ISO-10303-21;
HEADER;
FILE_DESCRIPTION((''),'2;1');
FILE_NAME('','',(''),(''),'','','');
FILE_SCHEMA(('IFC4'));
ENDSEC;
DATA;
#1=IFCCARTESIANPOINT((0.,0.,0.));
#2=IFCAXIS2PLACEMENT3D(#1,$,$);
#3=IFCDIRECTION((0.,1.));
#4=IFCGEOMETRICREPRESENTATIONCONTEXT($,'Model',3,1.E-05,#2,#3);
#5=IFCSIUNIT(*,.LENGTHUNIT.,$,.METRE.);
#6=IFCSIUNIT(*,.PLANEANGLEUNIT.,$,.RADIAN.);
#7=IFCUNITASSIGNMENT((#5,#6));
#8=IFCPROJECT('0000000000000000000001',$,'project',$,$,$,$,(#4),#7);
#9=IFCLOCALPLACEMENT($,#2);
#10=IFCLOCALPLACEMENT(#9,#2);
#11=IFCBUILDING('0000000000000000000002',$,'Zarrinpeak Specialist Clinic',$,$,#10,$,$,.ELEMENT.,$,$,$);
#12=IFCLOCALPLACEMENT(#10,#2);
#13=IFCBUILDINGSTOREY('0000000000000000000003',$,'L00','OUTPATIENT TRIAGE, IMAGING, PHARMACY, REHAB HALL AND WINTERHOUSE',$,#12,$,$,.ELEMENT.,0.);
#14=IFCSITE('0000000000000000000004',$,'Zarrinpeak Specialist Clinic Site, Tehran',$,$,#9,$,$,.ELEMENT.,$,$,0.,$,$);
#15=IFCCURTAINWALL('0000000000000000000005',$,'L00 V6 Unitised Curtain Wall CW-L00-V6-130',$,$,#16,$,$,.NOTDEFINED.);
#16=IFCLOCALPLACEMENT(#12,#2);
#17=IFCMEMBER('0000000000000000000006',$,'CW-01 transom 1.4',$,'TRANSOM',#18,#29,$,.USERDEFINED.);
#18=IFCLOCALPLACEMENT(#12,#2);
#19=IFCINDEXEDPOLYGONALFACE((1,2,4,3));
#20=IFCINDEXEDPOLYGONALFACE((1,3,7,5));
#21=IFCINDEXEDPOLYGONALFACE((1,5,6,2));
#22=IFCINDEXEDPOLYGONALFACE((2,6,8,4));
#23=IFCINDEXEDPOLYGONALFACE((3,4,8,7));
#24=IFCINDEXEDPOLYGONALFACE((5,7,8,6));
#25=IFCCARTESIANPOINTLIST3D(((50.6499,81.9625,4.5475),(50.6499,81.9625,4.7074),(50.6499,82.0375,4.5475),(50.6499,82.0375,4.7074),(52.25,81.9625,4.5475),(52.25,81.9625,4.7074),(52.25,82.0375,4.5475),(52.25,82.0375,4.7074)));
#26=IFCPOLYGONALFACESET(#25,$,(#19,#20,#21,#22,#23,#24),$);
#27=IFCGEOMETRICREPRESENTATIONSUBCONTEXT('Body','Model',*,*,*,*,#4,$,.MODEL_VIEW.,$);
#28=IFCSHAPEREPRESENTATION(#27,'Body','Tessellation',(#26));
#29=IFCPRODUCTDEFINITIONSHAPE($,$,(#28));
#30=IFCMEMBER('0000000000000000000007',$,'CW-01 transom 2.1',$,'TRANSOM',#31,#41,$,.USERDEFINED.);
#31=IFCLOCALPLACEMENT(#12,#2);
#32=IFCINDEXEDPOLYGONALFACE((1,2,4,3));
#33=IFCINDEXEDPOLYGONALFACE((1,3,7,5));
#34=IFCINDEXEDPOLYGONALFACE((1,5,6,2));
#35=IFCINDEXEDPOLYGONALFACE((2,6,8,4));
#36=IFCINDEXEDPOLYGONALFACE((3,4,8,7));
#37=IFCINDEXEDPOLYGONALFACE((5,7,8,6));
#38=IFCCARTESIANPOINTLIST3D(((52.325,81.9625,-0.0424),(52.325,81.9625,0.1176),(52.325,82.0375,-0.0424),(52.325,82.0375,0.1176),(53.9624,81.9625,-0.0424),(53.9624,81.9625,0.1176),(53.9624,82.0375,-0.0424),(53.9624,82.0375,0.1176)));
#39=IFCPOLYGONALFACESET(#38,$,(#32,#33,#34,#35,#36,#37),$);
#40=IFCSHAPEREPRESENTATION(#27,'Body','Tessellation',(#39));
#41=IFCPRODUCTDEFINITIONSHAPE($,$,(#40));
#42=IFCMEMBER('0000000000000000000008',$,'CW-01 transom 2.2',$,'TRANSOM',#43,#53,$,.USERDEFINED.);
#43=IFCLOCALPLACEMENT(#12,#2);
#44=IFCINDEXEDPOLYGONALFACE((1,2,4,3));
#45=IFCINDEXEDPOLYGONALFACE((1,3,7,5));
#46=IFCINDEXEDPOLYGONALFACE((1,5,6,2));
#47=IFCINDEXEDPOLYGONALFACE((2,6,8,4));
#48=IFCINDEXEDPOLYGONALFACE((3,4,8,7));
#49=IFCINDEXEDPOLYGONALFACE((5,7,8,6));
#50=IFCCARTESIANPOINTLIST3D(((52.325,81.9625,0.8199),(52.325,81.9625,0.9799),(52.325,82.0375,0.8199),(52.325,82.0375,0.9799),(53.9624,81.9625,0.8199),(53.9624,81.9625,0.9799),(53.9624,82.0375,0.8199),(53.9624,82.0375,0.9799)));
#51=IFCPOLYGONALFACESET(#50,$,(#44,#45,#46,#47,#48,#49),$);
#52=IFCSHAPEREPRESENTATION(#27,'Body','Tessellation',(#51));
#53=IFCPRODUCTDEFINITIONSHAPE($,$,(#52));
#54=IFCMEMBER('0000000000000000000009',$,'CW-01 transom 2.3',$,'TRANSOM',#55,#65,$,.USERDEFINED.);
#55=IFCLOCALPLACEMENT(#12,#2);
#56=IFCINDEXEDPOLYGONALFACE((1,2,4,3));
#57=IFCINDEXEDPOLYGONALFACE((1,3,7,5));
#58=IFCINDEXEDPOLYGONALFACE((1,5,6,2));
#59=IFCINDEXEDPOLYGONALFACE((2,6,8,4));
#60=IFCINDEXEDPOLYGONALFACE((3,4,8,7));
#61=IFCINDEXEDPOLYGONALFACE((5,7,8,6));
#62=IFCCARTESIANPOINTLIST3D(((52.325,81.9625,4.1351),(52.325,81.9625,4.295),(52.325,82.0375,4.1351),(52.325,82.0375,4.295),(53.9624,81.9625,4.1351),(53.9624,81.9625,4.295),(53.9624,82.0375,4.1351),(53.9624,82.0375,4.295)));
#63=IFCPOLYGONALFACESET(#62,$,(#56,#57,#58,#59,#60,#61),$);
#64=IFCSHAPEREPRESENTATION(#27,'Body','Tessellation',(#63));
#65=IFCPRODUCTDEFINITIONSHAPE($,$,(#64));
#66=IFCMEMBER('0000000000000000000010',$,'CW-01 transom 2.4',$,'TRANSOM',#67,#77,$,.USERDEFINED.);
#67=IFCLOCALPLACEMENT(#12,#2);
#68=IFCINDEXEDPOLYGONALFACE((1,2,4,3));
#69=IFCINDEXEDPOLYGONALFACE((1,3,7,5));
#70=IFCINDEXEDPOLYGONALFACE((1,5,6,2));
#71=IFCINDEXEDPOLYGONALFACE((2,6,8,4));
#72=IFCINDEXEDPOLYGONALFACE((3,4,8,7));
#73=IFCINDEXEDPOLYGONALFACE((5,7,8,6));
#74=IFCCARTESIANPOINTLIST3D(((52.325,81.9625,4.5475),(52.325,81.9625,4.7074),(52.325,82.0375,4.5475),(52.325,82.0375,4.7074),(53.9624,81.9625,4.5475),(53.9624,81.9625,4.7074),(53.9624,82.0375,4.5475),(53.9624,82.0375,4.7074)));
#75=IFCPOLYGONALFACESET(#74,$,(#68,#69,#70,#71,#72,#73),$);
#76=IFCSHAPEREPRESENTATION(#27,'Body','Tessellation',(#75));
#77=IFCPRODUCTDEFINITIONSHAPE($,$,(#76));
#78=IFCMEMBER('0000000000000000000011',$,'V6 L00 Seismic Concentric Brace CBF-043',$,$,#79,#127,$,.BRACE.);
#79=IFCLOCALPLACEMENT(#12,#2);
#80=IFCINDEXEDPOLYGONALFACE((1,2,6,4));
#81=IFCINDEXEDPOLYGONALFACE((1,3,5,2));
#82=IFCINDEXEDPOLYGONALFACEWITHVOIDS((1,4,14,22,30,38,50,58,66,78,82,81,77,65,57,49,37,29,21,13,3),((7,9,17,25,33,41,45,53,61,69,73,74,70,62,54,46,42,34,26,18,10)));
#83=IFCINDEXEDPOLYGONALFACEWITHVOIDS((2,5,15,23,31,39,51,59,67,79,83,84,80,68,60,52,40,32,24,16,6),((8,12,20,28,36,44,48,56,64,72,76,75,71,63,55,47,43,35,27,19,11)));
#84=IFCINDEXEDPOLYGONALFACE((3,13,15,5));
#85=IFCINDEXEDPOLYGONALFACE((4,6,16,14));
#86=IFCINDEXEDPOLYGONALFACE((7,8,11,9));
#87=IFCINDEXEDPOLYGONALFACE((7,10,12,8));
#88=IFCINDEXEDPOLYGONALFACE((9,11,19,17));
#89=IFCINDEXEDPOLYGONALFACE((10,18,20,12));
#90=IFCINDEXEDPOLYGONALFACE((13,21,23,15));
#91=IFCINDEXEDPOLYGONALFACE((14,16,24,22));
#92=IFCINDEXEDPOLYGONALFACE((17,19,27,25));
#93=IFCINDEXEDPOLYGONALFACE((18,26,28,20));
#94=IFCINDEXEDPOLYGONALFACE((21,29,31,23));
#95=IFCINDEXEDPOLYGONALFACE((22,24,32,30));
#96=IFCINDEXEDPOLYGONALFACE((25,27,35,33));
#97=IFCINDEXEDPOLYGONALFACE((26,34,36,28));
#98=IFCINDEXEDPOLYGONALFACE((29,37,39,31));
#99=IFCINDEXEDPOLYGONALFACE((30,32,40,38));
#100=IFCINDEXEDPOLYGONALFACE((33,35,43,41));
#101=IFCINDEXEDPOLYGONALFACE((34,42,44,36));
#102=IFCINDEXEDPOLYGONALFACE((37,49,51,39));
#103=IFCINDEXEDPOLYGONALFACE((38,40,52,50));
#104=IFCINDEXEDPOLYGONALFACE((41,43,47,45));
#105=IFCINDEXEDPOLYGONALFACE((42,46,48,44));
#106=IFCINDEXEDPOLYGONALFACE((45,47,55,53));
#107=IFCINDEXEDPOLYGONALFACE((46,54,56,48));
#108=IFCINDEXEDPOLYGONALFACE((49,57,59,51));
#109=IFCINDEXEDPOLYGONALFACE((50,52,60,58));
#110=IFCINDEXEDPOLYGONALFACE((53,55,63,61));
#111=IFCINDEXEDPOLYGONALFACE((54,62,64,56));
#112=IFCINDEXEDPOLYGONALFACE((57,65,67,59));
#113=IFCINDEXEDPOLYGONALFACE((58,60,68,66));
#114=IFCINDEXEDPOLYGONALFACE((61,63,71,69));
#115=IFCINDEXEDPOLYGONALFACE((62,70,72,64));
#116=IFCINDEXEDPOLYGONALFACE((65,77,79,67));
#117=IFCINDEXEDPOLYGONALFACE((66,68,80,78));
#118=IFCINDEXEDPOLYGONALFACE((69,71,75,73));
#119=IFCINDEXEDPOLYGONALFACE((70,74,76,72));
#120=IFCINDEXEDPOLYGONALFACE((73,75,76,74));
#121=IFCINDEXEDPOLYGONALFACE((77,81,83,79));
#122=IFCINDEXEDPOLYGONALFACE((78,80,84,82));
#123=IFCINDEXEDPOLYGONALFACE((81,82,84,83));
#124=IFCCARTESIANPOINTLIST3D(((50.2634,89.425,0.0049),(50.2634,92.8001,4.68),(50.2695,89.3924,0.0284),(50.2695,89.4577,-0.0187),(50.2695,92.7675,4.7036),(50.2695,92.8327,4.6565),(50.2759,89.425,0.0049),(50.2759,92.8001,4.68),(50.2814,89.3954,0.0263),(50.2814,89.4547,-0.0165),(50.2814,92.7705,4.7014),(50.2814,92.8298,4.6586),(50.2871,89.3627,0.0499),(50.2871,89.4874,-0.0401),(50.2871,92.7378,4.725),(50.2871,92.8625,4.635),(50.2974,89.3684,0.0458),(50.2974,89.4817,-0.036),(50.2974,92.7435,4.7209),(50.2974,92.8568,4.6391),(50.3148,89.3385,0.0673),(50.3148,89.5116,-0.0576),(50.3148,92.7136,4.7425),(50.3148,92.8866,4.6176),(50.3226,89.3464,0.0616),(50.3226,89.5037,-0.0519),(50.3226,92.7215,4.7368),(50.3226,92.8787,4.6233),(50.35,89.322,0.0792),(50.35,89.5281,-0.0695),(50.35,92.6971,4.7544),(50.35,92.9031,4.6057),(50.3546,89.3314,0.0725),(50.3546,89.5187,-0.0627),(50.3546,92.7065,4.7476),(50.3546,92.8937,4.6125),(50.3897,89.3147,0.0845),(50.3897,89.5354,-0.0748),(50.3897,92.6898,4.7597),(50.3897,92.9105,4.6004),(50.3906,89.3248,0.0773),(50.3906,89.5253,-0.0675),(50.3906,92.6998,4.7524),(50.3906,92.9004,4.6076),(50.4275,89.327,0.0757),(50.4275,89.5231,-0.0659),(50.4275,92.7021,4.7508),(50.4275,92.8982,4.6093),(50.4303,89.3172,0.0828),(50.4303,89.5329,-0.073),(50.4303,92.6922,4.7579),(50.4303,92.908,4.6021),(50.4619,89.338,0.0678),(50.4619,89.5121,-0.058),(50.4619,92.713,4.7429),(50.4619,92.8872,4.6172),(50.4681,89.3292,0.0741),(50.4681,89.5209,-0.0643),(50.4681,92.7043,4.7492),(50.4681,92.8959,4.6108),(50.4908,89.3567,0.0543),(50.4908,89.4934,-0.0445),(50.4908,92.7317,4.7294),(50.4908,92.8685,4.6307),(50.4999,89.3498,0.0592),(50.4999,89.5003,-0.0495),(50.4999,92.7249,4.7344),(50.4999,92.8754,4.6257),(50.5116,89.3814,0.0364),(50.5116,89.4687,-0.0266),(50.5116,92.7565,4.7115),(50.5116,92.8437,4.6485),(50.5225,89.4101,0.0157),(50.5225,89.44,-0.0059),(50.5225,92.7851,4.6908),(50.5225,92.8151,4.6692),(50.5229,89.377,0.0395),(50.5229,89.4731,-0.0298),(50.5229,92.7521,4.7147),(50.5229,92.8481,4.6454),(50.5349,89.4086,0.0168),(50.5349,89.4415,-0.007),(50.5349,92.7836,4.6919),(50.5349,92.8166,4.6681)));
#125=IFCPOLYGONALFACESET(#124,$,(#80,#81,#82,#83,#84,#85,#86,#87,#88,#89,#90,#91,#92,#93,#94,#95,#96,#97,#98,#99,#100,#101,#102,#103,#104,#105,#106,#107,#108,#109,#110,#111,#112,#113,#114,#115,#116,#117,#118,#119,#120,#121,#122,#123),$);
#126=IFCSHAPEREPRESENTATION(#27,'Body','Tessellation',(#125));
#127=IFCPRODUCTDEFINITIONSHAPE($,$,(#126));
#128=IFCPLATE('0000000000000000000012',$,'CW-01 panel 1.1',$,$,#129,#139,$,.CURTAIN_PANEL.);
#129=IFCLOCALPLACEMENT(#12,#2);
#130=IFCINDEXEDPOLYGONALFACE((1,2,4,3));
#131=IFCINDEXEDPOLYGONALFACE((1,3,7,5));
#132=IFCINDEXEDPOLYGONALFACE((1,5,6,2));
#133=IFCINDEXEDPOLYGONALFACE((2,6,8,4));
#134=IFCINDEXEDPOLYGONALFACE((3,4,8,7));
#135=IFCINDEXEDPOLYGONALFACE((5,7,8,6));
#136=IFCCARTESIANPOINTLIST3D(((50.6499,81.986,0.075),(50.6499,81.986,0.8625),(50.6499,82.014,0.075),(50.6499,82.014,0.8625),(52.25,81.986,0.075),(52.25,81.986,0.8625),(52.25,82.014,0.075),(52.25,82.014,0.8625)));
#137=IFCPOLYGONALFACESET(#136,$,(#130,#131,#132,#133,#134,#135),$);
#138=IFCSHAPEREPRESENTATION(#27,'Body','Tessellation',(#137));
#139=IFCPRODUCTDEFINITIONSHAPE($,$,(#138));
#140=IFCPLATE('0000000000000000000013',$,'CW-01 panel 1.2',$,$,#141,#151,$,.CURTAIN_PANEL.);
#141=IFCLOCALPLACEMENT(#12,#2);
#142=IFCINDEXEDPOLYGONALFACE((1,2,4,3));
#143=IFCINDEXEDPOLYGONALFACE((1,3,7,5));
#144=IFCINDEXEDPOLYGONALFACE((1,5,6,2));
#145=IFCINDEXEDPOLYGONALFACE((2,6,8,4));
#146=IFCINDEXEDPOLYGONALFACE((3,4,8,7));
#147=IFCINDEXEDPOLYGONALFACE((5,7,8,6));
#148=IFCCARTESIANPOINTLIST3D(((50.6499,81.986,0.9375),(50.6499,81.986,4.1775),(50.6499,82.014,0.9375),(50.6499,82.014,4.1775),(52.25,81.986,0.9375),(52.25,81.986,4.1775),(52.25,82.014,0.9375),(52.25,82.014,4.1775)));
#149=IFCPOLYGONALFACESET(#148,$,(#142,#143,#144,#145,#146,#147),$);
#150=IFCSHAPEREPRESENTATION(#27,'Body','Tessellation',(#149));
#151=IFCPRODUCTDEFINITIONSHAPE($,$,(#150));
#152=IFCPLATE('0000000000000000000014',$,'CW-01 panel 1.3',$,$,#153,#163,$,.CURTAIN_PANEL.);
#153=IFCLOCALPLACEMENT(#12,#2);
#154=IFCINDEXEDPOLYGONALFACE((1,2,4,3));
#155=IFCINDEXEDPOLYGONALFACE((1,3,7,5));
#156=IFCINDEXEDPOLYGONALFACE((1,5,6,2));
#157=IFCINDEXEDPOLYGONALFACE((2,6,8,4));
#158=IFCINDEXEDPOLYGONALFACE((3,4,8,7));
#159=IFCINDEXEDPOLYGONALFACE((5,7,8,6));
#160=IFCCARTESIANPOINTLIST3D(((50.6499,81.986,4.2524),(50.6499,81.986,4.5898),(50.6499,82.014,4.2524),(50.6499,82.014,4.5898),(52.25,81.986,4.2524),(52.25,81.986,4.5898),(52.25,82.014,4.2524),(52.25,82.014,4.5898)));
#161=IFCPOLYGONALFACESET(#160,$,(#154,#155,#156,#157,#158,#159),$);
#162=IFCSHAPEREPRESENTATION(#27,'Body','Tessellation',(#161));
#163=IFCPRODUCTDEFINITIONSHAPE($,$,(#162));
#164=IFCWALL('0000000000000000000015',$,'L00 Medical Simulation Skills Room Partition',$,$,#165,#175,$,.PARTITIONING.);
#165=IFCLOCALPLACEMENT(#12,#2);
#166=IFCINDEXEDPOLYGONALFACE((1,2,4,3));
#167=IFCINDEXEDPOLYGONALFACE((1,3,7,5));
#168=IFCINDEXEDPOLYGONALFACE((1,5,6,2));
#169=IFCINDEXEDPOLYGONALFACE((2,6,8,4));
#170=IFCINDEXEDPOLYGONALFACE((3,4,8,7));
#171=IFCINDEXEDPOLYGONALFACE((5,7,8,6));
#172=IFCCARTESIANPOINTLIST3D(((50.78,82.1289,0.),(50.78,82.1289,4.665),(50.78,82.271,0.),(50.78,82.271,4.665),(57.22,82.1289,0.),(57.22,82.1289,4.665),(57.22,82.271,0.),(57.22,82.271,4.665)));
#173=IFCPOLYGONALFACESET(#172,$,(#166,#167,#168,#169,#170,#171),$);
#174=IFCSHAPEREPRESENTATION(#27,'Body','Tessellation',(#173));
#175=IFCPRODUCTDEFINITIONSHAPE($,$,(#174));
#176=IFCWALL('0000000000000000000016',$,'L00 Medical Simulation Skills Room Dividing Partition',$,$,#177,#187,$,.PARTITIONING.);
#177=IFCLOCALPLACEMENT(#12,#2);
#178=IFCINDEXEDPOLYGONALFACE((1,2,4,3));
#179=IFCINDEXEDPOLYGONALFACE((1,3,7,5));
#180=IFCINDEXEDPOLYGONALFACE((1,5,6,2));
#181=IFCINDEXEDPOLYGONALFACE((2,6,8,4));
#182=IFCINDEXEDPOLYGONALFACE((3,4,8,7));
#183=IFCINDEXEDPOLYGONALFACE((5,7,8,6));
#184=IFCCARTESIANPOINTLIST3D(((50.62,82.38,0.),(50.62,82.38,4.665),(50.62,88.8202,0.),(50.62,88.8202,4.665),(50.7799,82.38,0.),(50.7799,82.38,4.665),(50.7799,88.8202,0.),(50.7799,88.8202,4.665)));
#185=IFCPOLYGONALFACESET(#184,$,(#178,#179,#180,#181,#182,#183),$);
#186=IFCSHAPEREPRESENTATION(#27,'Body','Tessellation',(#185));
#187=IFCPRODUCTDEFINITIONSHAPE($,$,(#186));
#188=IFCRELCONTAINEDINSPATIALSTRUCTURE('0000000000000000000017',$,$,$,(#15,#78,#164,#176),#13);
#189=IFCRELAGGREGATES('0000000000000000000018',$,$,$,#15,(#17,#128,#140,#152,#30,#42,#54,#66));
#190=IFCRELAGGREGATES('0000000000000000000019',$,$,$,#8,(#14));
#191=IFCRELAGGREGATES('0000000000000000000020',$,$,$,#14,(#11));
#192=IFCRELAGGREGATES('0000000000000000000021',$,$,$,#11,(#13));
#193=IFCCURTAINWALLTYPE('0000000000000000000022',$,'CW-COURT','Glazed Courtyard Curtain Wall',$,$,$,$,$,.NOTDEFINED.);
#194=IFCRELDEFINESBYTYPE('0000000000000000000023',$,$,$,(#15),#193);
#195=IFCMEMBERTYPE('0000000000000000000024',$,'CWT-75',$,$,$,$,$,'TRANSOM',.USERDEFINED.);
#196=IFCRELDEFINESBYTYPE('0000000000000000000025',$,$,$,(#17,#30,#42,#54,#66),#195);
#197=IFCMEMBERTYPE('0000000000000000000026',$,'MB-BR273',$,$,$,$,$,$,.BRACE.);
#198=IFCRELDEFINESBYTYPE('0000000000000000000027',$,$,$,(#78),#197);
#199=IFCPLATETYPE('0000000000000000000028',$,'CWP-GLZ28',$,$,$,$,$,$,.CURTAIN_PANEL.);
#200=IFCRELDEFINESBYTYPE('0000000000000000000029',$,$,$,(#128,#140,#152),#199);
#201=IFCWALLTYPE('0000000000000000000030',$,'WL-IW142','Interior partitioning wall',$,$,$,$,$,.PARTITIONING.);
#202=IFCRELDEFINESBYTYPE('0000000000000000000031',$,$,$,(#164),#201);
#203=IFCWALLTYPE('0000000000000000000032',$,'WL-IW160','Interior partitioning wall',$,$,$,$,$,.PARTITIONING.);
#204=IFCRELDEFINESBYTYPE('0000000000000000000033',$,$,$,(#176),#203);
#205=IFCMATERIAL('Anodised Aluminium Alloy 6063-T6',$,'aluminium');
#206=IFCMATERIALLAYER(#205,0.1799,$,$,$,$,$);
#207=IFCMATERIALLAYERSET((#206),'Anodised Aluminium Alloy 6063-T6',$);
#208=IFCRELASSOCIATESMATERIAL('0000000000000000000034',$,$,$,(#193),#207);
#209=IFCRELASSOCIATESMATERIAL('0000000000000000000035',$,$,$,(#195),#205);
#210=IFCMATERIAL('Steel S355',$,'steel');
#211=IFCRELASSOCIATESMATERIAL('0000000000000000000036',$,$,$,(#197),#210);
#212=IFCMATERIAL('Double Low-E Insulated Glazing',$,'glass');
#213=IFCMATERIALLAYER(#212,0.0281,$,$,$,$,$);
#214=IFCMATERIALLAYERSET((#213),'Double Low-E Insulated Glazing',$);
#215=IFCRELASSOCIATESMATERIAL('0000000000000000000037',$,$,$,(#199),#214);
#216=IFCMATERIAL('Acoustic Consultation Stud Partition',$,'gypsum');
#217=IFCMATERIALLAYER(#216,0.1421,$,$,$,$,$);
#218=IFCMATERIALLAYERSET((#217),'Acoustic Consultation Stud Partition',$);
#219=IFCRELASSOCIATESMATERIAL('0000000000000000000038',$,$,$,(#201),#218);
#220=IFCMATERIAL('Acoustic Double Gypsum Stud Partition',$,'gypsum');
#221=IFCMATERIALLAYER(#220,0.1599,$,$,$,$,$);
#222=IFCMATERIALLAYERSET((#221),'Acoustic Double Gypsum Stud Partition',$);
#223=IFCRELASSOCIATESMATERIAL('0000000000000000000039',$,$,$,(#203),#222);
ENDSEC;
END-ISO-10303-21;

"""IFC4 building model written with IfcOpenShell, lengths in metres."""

from ifc_helpers import new_model, si_unit, direction, frame, frame_2d, origin, origin_2d, place, context, subcontext, project, spatial, rectangle, hollow_circle, extrude, material, layer, layer_set, material_profile, profile_set, type_object, element, aggregate, save


model = new_model("IFC4")

# Units and contexts
model_context = context("Model", 3, precision=1e-05, world=origin(), true_north=direction((0.0, 1.0)))
body_context = subcontext(model_context, "Body", "Model", "MODEL_VIEW")
ifc_project = project(units=[si_unit("LENGTHUNIT", "METRE"), si_unit("PLANEANGLEUNIT", "RADIAN")], contexts=[model_context])

# Site, building, storey
site_placement = place(None, origin())
site = spatial("IfcSite", under=ifc_project, at=site_placement, Name="Zarrinpeak Specialist Clinic Site, Tehran", CompositionType="ELEMENT", RefElevation=0.0)
building_placement = place(site_placement, origin())
building = spatial("IfcBuilding", under=site, at=building_placement, Name="Zarrinpeak Specialist Clinic", CompositionType="ELEMENT")
storey_placement = place(building_placement, origin())
storey = spatial("IfcBuildingStorey", under=building, at=storey_placement, Name="L00", Description="OUTPATIENT TRIAGE, IMAGING, PHARMACY, REHAB HALL AND WINTERHOUSE", CompositionType="ELEMENT", Elevation=0.0)

# Shared definitions
ifc_material_1 = material(Name="Steel S355", Category="steel")

# Shared definitions
ifc_material_2 = material(Name="Anodised Aluminium Alloy 6063-T6", Category="aluminium")
ifc_layer_1 = layer(ifc_material_2, 0.1799)
ifc_layer_set_1 = layer_set([ifc_layer_1], Name="Anodised Aluminium Alloy 6063-T6")
curtain_wall_type = type_object("IfcCurtainWallType", Name="CW-COURT", Description="Glazed Courtyard Curtain Wall", PredefinedType="NOTDEFINED", material=ifc_layer_set_1)

# Curtain wall, members
curtain_wall_1_placement = place(storey_placement, origin())
curtain_wall_1 = element("IfcCurtainWall", 1, at=curtain_wall_1_placement, inside=storey, type_object=curtain_wall_type, Name="L00 V6 Unitised Curtain Wall CW-L00-V6-130", PredefinedType="NOTDEFINED")
ifc_material_profile_1 = material_profile(ifc_material_2, rectangle(XDim=0.075, YDim=0.1599, at=origin_2d()), Name="ALU 75x160")
ifc_profile_set_1 = profile_set([ifc_material_profile_1], Name="Anodised Aluminium Alloy 6063-T6")
member_type_1 = type_object("IfcMemberType", Name="CWT-75", ElementType="TRANSOM", PredefinedType="USERDEFINED", material=ifc_profile_set_1)
member_1_placement = place(storey_placement, frame((50.6499, 82.0, 4.6274), z_axis=(1.0, 0.0, 0.0), x_axis=(0.0, 1.0, 0.0)))
member_1 = element("IfcMember", 2, at=member_1_placement, type_object=member_type_1, Name="CW-01 transom 1.4", ObjectType="TRANSOM", PredefinedType="USERDEFINED", context=body_context, shape_type="SweptSolid", body=[
    extrude(rectangle(XDim=0.075, YDim=0.1599, at=origin_2d()), origin(), (0.0, 0.0, 1.0), 1.6001),
])
member_2_placement = place(storey_placement, frame((52.325, 82.0, 0.0376), z_axis=(1.0, 0.0, 0.0), x_axis=(0.0, 1.0, 0.0)))
member_2 = element("IfcMember", 3, at=member_2_placement, type_object=member_type_1, Name="CW-01 transom 2.1", ObjectType="TRANSOM", PredefinedType="USERDEFINED", context=body_context, shape_type="SweptSolid", body=[
    extrude(rectangle(XDim=0.075, YDim=0.1599, at=origin_2d()), origin(), (0.0, 0.0, 1.0), 1.6375),
])
member_3_placement = place(storey_placement, frame((52.325, 82.0, 0.8999), z_axis=(1.0, 0.0, 0.0), x_axis=(0.0, 1.0, 0.0)))
member_3 = element("IfcMember", 4, at=member_3_placement, type_object=member_type_1, Name="CW-01 transom 2.2", ObjectType="TRANSOM", PredefinedType="USERDEFINED", context=body_context, shape_type="SweptSolid", body=[
    extrude(rectangle(XDim=0.075, YDim=0.1599, at=origin_2d()), origin(), (0.0, 0.0, 1.0), 1.6375),
])
member_4_placement = place(storey_placement, frame((52.325, 82.0, 4.2151), z_axis=(1.0, 0.0, 0.0), x_axis=(0.0, 1.0, 0.0)))
member_4 = element("IfcMember", 5, at=member_4_placement, type_object=member_type_1, Name="CW-01 transom 2.3", ObjectType="TRANSOM", PredefinedType="USERDEFINED", context=body_context, shape_type="SweptSolid", body=[
    extrude(rectangle(XDim=0.075, YDim=0.1599, at=origin_2d()), origin(), (0.0, 0.0, 1.0), 1.6375),
])
member_5_placement = place(storey_placement, frame((52.325, 82.0, 4.6274), z_axis=(1.0, 0.0, 0.0), x_axis=(0.0, 1.0, 0.0)))
member_5 = element("IfcMember", 6, at=member_5_placement, type_object=member_type_1, Name="CW-01 transom 2.4", ObjectType="TRANSOM", PredefinedType="USERDEFINED", context=body_context, shape_type="SweptSolid", body=[
    extrude(rectangle(XDim=0.075, YDim=0.1599, at=origin_2d()), origin(), (0.0, 0.0, 1.0), 1.6375),
])

# Member
ifc_material_profile_2 = material_profile(ifc_material_1, hollow_circle(Radius=0.1365, WallThickness=0.0125, at=origin_2d()), Name="CHS 273.0x12.5")
ifc_profile_set_2 = profile_set([ifc_material_profile_2], Name="Steel S355")
member_type_2 = type_object("IfcMemberType", Name="MB-BR273", PredefinedType="BRACE", material=ifc_profile_set_2)
member_6_placement = place(storey_placement, frame((50.3999, 89.425, 0.0049), z_axis=(0.0, 0.585328, 0.810796), x_axis=(-1.0, 0.0, 0.0)))
element("IfcMember", 7, at=member_6_placement, inside=storey, type_object=member_type_2, Name="V6 L00 Seismic Concentric Brace CBF-043", PredefinedType="BRACE", context=body_context, shape_type="SweptSolid", body=[
    extrude(hollow_circle(Radius=0.1365, WallThickness=0.0125, at=origin_2d()), origin(), (0.0, 0.0, 1.0), 5.7661),
])

# Plates
ifc_material_3 = material(Name="Double Low-E Insulated Glazing", Category="glass")
ifc_layer_2 = layer(ifc_material_3, 0.0281)
ifc_layer_set_2 = layer_set([ifc_layer_2], Name="Double Low-E Insulated Glazing")
plate_type = type_object("IfcPlateType", Name="CWP-GLZ28", PredefinedType="CURTAIN_PANEL", material=ifc_layer_set_2)
plate_1_placement = place(storey_placement, frame((51.45, 82.0, 0.075), z_axis=(0.0, 0.0, 1.0), x_axis=(1.0, 0.0, 0.0)))
plate_1 = element("IfcPlate", 8, at=plate_1_placement, type_object=plate_type, Name="CW-01 panel 1.1", PredefinedType="CURTAIN_PANEL", context=body_context, shape_type="SweptSolid", body=[
    extrude(rectangle(XDim=1.6001, YDim=0.0281, at=origin_2d()), origin(), (0.0, 0.0, 1.0), 0.7876),
])
plate_2_placement = place(storey_placement, frame((51.45, 82.0, 0.9375), z_axis=(0.0, 0.0, 1.0), x_axis=(1.0, 0.0, 0.0)))
plate_2 = element("IfcPlate", 9, at=plate_2_placement, type_object=plate_type, Name="CW-01 panel 1.2", PredefinedType="CURTAIN_PANEL", context=body_context, shape_type="SweptSolid", body=[
    extrude(rectangle(XDim=1.6001, YDim=0.0281, at=origin_2d()), origin(), (0.0, 0.0, 1.0), 3.24),
])
plate_3_placement = place(storey_placement, frame((51.45, 82.0, 4.2524), z_axis=(0.0, 0.0, 1.0), x_axis=(1.0, 0.0, 0.0)))
plate_3 = element("IfcPlate", 10, at=plate_3_placement, type_object=plate_type, Name="CW-01 panel 1.3", PredefinedType="CURTAIN_PANEL", context=body_context, shape_type="SweptSolid", body=[
    extrude(rectangle(XDim=1.6001, YDim=0.0281, at=origin_2d()), origin(), (0.0, 0.0, 1.0), 0.3374),
])
aggregate(curtain_wall_1, [member_1, plate_1, plate_2, plate_3, member_2, member_3, member_4, member_5])

# Walls
ifc_material_4 = material(Name="Acoustic Consultation Stud Partition", Category="gypsum")
ifc_layer_3 = layer(ifc_material_4, 0.1421)
ifc_layer_set_3 = layer_set([ifc_layer_3], Name="Acoustic Consultation Stud Partition")
wall_type_1 = type_object("IfcWallType", Name="WL-IW142", Description="Interior partitioning wall", PredefinedType="PARTITIONING", material=ifc_layer_set_3)
wall_1_placement = place(storey_placement, frame((50.78, 82.2, 0.0), z_axis=(0.0, 0.0, 1.0), x_axis=(1.0, 0.0, 0.0)))
element("IfcWall", 11, at=wall_1_placement, inside=storey, type_object=wall_type_1, Name="L00 Medical Simulation Skills Room Partition", PredefinedType="PARTITIONING", context=body_context, shape_type="SweptSolid", body=[
    extrude(rectangle(XDim=6.4399, YDim=0.1421, at=frame_2d((3.22, 0.0))), origin(), (0.0, 0.0, 1.0), 4.665),
])
ifc_material_5 = material(Name="Acoustic Double Gypsum Stud Partition", Category="gypsum")
ifc_layer_4 = layer(ifc_material_5, 0.1599)
ifc_layer_set_4 = layer_set([ifc_layer_4], Name="Acoustic Double Gypsum Stud Partition")
wall_type_2 = type_object("IfcWallType", Name="WL-IW160", Description="Interior partitioning wall", PredefinedType="PARTITIONING", material=ifc_layer_set_4)
wall_2_placement = place(storey_placement, frame((50.7, 82.3799, 0.0), z_axis=(0.0, 0.0, 1.0), x_axis=(0.0, 1.0, 0.0)))
element("IfcWall", 12, at=wall_2_placement, inside=storey, type_object=wall_type_2, Name="L00 Medical Simulation Skills Room Dividing Partition", PredefinedType="PARTITIONING", context=body_context, shape_type="SweptSolid", body=[
    extrude(rectangle(XDim=6.4402, YDim=0.1599, at=frame_2d((3.2202, 0.0))), origin(), (0.0, 0.0, 1.0), 4.665),
])

save(model, "model.ifc")
